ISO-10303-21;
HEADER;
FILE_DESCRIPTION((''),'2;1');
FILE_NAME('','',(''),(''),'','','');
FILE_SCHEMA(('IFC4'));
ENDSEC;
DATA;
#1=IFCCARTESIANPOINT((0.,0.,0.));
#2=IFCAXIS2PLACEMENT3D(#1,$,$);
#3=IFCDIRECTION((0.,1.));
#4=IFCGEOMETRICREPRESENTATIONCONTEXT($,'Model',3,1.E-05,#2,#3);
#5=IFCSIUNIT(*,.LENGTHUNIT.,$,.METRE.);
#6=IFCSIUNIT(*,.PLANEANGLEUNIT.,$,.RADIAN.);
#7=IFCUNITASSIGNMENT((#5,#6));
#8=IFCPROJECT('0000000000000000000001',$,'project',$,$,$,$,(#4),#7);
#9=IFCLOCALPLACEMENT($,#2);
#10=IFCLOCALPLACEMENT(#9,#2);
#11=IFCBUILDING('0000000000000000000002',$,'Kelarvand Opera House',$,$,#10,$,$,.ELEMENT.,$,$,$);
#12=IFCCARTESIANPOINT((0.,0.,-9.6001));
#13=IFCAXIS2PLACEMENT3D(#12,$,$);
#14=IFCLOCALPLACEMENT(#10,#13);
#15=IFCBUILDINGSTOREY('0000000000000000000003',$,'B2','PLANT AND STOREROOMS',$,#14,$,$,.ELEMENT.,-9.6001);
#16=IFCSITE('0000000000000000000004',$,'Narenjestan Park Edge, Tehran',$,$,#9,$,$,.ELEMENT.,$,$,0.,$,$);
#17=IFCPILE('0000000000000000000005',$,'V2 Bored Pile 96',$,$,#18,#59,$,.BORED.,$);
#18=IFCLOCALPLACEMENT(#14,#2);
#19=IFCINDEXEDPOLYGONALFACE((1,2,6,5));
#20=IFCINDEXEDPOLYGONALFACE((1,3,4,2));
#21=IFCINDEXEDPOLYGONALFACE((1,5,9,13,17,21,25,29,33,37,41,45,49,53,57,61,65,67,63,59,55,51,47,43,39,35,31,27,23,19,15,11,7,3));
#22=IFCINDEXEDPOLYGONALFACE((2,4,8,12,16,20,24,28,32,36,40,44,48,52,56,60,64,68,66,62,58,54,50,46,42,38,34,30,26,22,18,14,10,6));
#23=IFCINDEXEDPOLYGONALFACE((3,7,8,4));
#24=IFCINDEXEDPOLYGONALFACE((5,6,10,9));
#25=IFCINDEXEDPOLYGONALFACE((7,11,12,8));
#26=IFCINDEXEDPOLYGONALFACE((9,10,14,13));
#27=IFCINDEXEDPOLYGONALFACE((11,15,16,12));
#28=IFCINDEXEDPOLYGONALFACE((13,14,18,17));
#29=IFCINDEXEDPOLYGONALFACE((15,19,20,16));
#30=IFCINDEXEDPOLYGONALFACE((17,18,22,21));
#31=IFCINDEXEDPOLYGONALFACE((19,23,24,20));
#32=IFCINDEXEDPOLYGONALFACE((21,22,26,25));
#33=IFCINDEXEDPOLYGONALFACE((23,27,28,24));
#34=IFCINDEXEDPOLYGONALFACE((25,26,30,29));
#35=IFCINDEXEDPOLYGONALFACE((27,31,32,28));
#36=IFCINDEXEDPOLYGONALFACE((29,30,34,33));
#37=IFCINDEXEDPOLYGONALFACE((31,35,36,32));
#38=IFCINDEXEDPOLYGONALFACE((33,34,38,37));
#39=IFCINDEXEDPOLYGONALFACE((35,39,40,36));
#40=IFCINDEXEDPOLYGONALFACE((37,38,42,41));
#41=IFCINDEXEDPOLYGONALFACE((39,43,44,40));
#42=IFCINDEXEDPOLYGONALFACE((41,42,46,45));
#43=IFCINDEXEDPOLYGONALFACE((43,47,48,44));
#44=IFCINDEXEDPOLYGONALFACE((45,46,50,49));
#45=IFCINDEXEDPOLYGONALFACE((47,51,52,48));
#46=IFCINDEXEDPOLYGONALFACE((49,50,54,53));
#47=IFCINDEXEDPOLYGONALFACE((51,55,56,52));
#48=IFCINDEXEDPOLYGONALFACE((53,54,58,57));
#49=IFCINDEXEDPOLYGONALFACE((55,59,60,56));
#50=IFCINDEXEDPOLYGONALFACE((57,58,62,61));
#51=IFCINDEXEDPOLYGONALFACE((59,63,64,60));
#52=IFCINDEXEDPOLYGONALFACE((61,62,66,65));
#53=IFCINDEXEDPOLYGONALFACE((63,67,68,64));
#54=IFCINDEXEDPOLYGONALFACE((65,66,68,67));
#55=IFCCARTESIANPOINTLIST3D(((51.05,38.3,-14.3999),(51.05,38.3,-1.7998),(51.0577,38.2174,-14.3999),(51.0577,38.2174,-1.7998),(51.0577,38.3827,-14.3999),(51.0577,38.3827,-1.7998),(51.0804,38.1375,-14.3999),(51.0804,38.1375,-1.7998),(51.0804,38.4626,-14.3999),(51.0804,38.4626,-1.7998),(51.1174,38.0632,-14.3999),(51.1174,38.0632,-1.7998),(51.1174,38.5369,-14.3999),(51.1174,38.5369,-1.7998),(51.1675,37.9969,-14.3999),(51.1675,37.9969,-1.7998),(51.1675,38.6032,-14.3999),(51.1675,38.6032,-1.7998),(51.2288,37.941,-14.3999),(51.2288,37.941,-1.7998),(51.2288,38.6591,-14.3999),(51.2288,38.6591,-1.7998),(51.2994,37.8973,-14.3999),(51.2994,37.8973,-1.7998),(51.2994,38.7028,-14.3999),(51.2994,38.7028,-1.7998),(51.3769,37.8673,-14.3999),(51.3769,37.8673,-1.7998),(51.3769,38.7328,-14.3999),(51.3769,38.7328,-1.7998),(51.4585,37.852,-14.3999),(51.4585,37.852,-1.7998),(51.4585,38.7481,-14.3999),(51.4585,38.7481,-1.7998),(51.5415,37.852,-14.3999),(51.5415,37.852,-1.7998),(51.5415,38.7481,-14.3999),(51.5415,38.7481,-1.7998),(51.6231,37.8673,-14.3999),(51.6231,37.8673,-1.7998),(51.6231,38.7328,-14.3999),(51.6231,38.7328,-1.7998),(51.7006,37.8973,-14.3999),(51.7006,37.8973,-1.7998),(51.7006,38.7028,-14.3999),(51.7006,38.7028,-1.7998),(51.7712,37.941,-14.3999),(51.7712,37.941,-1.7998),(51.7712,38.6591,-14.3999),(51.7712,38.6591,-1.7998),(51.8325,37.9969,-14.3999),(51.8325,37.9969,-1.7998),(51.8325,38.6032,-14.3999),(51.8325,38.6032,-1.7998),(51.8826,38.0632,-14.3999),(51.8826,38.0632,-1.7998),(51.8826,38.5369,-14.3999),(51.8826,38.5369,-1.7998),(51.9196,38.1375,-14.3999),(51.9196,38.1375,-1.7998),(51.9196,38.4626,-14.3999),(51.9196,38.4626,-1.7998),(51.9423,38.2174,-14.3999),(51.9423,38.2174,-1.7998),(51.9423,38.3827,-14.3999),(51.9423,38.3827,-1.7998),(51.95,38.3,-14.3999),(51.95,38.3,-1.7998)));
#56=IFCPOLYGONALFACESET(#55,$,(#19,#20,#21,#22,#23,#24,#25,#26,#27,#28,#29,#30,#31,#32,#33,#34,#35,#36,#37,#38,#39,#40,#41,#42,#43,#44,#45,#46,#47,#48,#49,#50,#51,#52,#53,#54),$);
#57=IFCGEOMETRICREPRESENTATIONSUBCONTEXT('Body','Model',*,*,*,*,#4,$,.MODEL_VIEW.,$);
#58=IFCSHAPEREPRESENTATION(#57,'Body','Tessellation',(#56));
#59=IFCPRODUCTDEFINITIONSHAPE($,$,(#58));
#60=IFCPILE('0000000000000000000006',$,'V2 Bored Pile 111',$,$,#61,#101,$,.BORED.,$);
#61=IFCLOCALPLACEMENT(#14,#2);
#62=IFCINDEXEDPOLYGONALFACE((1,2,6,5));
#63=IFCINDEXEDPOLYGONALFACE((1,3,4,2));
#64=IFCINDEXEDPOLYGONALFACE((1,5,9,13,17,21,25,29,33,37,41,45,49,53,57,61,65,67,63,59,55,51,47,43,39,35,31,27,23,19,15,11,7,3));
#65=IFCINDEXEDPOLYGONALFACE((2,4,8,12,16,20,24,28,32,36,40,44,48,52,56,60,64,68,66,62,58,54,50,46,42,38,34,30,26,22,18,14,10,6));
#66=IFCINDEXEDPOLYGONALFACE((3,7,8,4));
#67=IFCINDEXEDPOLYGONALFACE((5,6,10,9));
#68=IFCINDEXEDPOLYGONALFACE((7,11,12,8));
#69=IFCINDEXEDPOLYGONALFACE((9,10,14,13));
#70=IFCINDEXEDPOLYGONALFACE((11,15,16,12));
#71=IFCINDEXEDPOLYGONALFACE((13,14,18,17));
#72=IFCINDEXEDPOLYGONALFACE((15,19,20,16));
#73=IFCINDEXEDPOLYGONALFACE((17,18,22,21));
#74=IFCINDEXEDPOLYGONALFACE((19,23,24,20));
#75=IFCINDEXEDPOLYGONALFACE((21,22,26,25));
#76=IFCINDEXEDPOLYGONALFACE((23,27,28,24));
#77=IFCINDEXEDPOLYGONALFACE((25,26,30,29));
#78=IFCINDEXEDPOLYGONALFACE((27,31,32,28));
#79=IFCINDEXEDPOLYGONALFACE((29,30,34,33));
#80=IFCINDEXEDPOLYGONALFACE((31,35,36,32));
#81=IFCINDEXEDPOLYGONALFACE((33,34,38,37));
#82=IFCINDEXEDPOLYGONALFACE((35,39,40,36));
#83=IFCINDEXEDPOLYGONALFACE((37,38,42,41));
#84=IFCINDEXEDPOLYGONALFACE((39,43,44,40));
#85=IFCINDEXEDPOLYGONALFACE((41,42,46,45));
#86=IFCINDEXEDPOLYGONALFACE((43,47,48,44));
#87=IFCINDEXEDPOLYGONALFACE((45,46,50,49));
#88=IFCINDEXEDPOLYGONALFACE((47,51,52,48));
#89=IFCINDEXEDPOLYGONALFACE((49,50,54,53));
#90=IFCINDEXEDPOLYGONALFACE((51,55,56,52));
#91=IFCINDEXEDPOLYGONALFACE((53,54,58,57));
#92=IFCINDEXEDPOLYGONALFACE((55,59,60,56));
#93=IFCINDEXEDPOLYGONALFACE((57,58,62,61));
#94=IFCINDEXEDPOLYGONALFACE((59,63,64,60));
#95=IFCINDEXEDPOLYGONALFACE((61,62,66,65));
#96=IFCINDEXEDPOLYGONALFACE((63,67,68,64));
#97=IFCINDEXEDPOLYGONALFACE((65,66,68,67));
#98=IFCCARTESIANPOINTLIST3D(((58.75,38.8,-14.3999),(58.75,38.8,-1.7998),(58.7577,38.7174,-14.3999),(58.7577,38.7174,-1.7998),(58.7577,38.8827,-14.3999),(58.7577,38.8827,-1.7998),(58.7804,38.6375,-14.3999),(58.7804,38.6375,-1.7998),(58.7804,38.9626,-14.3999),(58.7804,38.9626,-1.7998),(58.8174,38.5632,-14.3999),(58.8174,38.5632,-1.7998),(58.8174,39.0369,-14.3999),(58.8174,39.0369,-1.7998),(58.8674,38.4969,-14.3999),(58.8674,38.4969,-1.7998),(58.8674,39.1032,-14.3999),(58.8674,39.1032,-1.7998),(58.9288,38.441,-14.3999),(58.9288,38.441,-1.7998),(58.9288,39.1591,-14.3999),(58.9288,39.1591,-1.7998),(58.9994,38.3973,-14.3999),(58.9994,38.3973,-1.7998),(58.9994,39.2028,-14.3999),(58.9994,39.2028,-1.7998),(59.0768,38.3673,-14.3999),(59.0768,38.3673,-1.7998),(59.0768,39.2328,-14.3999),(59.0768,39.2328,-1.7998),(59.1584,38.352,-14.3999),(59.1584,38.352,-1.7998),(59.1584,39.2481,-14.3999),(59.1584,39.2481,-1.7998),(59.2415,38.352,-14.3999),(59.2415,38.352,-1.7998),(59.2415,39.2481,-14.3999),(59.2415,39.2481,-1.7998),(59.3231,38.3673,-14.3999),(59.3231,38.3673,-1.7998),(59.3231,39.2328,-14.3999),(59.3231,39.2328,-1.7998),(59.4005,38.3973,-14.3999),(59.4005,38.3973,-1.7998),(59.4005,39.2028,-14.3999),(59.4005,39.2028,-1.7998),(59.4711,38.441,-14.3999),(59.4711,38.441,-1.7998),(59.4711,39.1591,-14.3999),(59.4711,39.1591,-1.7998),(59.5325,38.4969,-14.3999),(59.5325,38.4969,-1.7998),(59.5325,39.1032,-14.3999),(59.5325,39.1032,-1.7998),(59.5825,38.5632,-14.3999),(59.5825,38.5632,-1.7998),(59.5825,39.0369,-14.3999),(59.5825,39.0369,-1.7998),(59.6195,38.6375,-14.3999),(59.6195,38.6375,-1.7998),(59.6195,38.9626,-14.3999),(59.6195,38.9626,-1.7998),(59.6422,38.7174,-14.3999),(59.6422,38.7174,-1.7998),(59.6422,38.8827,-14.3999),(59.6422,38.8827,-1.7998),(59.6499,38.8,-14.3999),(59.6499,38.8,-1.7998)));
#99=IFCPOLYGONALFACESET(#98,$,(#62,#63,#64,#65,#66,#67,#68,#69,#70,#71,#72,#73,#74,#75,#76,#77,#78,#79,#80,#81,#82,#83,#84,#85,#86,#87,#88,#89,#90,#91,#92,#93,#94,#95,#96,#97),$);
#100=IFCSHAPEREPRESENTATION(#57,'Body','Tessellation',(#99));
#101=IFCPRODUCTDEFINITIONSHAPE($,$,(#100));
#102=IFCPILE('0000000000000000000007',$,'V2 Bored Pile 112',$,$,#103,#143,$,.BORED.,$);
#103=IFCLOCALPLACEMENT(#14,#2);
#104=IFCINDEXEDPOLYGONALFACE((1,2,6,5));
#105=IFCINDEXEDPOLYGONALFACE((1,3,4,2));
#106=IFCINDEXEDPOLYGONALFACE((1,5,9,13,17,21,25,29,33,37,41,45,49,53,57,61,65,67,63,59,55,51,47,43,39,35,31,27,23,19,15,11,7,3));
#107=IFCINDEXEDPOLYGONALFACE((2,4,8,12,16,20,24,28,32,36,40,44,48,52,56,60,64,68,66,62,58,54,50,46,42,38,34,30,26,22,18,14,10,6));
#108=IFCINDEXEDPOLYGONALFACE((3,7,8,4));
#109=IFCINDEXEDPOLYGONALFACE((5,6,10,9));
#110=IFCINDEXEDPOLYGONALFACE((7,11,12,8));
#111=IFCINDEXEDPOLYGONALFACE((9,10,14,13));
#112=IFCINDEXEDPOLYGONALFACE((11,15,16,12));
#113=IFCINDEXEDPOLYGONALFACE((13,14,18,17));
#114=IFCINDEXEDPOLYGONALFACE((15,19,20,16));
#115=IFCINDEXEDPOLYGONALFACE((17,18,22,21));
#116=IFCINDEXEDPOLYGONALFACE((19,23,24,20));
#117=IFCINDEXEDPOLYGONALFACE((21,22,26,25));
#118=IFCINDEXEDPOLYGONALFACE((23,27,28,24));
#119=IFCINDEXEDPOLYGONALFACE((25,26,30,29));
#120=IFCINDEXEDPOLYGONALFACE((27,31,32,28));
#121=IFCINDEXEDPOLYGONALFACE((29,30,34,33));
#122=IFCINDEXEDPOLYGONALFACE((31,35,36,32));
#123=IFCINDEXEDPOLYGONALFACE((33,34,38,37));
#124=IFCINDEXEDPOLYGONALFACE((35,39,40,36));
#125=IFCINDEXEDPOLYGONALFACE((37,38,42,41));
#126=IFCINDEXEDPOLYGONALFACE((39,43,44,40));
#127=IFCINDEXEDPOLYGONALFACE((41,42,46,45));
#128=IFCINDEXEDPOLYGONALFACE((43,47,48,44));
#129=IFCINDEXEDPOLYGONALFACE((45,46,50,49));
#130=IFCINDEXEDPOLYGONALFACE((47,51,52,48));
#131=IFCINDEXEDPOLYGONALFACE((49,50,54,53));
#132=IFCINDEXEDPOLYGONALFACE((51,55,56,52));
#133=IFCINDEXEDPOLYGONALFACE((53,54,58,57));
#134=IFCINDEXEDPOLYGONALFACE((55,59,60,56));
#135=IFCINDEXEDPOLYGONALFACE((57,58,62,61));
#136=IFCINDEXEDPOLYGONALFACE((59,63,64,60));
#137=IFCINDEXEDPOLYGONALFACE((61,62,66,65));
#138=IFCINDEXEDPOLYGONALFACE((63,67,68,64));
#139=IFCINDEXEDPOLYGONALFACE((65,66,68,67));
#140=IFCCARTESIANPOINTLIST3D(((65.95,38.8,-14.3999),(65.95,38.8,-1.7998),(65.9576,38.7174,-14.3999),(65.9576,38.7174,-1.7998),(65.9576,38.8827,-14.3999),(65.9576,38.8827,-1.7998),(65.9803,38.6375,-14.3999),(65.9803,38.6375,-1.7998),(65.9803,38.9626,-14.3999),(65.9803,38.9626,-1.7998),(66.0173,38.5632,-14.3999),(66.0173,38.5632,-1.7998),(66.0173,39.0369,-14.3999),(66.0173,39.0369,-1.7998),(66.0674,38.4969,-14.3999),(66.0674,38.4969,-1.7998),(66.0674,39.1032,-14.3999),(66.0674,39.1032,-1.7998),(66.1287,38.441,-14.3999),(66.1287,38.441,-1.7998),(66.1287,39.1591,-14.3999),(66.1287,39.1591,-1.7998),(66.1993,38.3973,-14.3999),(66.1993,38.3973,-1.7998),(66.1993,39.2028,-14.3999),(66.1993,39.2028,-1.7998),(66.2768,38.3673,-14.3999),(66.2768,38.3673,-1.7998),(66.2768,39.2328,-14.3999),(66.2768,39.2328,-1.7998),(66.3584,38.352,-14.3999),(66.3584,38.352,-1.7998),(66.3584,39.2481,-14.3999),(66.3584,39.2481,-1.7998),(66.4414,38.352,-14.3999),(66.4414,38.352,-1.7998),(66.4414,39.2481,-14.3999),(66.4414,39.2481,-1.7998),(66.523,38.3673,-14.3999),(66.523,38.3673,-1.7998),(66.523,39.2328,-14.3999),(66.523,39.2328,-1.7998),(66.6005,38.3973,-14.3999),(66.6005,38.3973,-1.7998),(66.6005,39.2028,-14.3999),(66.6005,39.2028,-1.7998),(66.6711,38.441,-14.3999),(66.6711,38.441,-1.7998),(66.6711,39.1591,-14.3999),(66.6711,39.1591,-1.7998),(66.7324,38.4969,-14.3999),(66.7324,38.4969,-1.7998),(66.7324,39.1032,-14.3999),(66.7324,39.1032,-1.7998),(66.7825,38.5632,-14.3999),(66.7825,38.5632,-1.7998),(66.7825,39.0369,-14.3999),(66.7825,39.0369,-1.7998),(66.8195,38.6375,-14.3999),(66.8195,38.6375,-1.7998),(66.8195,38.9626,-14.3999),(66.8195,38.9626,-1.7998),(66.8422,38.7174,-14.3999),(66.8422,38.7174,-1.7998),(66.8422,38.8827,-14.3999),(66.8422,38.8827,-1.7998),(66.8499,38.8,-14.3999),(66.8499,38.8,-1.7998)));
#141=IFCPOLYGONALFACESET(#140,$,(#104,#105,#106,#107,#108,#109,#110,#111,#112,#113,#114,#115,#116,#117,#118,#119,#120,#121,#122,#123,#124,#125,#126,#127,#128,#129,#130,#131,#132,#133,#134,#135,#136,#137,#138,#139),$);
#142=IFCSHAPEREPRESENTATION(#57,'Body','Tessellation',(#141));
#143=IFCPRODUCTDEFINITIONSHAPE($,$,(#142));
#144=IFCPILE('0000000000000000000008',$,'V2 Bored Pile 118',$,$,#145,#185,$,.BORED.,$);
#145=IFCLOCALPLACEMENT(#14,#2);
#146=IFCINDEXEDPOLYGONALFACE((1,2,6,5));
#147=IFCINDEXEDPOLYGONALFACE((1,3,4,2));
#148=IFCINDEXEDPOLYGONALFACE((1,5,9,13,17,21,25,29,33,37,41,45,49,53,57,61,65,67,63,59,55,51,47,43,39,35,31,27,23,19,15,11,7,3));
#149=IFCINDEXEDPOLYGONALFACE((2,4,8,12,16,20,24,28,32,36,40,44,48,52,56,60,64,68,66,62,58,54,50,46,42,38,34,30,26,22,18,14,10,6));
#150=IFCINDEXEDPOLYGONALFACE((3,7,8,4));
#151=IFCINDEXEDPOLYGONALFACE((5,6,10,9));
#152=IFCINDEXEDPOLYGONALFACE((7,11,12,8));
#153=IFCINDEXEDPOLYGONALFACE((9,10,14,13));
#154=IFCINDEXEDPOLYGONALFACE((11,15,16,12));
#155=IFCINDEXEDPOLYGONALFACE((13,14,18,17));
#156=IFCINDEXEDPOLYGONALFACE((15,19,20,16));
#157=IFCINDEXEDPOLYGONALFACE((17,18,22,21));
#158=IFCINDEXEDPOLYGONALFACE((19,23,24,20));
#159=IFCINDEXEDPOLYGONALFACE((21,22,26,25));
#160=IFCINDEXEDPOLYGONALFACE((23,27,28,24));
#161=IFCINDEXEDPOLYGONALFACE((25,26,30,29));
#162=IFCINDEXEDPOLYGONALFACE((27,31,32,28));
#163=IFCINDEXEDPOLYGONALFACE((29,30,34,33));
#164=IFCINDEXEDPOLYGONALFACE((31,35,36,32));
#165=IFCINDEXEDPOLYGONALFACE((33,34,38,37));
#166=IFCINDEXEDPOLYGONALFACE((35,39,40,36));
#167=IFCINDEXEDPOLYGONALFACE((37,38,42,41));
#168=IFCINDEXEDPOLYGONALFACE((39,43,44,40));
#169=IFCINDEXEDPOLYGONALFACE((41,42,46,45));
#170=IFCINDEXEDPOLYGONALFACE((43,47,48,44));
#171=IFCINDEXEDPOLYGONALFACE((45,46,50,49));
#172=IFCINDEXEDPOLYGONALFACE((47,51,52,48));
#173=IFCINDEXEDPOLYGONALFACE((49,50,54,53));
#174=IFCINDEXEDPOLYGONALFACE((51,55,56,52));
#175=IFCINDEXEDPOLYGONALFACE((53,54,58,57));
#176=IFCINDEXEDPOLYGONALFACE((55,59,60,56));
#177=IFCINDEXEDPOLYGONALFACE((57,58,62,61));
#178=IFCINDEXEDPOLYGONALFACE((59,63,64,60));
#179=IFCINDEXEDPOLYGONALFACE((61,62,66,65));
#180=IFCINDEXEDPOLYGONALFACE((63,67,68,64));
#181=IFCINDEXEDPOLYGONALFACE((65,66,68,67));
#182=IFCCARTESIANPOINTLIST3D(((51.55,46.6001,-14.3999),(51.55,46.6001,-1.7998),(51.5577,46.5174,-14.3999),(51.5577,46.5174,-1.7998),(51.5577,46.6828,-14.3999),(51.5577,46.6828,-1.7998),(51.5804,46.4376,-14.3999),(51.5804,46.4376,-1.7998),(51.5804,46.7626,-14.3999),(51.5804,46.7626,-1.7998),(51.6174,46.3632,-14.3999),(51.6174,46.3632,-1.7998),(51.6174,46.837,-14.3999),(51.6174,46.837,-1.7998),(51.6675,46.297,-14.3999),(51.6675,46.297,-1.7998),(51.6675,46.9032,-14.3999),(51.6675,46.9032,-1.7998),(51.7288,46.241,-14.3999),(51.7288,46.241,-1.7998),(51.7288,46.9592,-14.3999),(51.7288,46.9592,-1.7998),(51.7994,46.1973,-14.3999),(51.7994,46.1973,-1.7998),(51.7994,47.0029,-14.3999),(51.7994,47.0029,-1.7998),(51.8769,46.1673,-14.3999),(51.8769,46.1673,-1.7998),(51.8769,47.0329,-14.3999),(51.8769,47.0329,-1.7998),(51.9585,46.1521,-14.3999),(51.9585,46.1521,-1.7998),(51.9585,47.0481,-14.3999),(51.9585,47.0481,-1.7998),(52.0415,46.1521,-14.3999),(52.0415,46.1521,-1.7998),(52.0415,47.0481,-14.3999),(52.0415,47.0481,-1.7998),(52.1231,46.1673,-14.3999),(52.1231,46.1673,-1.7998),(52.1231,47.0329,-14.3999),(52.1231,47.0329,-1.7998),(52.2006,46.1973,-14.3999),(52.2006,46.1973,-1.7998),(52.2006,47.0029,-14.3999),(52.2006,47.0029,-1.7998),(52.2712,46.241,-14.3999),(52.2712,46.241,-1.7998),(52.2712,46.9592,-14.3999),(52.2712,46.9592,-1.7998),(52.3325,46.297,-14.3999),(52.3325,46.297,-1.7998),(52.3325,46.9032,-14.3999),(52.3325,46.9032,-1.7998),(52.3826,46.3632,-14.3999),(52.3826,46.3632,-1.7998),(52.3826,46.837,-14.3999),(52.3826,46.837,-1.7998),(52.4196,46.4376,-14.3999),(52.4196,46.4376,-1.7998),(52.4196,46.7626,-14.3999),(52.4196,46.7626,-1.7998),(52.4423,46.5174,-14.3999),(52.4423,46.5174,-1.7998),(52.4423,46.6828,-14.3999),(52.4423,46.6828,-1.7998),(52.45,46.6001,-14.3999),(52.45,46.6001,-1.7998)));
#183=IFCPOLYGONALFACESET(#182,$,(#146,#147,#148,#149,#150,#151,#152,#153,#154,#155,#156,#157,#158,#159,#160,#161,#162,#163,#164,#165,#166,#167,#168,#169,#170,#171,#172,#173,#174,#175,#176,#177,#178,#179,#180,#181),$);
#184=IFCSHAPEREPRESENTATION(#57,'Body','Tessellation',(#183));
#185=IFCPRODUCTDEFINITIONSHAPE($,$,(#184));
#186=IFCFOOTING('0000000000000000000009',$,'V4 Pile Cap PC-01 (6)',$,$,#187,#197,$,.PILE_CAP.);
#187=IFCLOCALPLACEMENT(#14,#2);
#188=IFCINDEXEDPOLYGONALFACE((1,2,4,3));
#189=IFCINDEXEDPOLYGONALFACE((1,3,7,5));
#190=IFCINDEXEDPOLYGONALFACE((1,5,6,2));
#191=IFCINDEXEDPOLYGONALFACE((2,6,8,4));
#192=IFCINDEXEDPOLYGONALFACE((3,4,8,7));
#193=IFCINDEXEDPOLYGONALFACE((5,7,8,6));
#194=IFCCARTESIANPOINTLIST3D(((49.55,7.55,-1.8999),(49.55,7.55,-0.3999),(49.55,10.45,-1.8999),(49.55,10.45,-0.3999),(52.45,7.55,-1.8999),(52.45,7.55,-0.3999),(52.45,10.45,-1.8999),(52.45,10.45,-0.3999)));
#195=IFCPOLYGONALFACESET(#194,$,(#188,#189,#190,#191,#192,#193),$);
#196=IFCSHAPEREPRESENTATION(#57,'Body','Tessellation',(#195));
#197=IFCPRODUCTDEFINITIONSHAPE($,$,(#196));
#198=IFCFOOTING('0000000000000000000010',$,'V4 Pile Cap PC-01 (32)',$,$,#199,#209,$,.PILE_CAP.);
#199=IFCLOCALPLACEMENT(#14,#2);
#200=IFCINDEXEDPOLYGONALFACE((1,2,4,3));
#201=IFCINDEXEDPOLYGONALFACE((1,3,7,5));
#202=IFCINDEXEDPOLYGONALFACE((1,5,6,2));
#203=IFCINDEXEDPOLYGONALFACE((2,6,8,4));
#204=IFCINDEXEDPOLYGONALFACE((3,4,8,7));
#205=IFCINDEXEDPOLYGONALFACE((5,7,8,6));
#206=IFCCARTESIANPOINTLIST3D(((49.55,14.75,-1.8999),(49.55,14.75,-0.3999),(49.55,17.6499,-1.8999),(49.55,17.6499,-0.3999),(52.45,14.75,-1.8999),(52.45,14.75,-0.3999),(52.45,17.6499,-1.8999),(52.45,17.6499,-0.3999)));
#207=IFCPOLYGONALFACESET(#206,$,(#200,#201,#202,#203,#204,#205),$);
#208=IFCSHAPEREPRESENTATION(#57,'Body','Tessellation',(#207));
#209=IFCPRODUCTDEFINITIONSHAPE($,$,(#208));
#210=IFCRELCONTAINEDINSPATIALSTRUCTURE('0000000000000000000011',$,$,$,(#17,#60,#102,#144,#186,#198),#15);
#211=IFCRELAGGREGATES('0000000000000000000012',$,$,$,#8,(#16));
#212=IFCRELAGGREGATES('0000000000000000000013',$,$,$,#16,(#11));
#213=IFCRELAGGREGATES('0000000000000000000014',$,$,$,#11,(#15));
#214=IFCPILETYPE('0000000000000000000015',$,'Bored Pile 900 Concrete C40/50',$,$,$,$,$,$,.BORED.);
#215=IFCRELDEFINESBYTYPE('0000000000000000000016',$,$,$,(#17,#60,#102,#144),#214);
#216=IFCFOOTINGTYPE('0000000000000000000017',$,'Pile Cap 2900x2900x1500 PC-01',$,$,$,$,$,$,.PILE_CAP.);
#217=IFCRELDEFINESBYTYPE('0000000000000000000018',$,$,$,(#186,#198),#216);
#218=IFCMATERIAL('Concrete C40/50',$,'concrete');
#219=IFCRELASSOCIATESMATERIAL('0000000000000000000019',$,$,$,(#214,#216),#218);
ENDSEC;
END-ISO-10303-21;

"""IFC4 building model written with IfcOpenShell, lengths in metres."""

from ifc_helpers import new_model, si_unit, direction, frame, origin, origin_2d, place, context, subcontext, project, spatial, rectangle, circle, extrude, material, material_profile, profile_set, type_object, element, save


model = new_model("IFC4")

# Units and contexts
model_context = context("Model", 3, precision=1e-05, world=origin(), true_north=direction((0.0, 1.0)))
body_context = subcontext(model_context, "Body", "Model", "MODEL_VIEW")
ifc_project = project(units=[si_unit("LENGTHUNIT", "METRE"), si_unit("PLANEANGLEUNIT", "RADIAN")], contexts=[model_context])

# Site, building, storey
site_placement = place(None, origin())
site = spatial("IfcSite", under=ifc_project, at=site_placement, Name="Narenjestan Park Edge, Tehran", CompositionType="ELEMENT", RefElevation=0.0)
building_placement = place(site_placement, origin())
building = spatial("IfcBuilding", under=site, at=building_placement, Name="Kelarvand Opera House", CompositionType="ELEMENT")
storey_placement = place(building_placement, frame((0.0, 0.0, -9.6001)))
storey = spatial("IfcBuildingStorey", under=building, at=storey_placement, Name="B2", Description="PLANT AND STOREROOMS", CompositionType="ELEMENT", Elevation=-9.6001)

# Piles
ifc_material_1 = material(Name="Concrete C40/50", Category="concrete")
ifc_material_profile_1 = material_profile(ifc_material_1, circle(Radius=0.45, at=origin_2d()), Name="BP 900", Category="concrete")
ifc_profile_set_1 = profile_set([ifc_material_profile_1], Name="Concrete C40/50")
pile_type = type_object("IfcPileType", Name="Bored Pile 900 Concrete C40/50", PredefinedType="BORED", material=ifc_profile_set_1)
for number, where, z_axis, x_axis, name in (
    (1, (51.5, 38.3, -1.7998), (0.0, 0.0, -1.0), (1.0, 0.0, 0.0), "V2 Bored Pile 96"),
    (2, (59.2, 38.8, -1.7998), (0.0, 0.0, -1.0), (1.0, 0.0, 0.0), "V2 Bored Pile 111"),
    (3, (66.3999, 38.8, -1.7998), (0.0, 0.0, -1.0), (1.0, 0.0, 0.0), "V2 Bored Pile 112"),
    (4, (52.0, 46.6001, -1.7998), (0.0, 0.0, -1.0), (1.0, 0.0, 0.0), "V2 Bored Pile 118"),
):
    element("IfcPile", number, at=place(storey_placement, frame(where, z_axis=z_axis, x_axis=x_axis)), inside=storey, type_object=pile_type, Name=name, PredefinedType="BORED", context=body_context, shape_type="SweptSolid", body=[
        extrude(circle(Radius=0.45, at=origin_2d()), origin(), (0.0, 0.0, 1.0), 12.6001),
    ])

# Footings
footing_type_1 = type_object("IfcFootingType", Name="Pile Cap 2900x2900x1500 PC-01", PredefinedType="PILE_CAP", material=ifc_material_1)
for number, where, z_axis, x_axis, name in (
    (5, (51.0, 9.0, -1.8999), (0.0, 0.0, 1.0), (1.0, 0.0, 0.0), "V4 Pile Cap PC-01 (6)"),
    (6, (51.0, 16.2, -1.8999), (0.0, 0.0, 1.0), (1.0, 0.0, 0.0), "V4 Pile Cap PC-01 (32)"),
):
    element("IfcFooting", number, at=place(storey_placement, frame(where, z_axis=z_axis, x_axis=x_axis)), inside=storey, type_object=footing_type_1, Name=name, PredefinedType="PILE_CAP", context=body_context, shape_type="SweptSolid", body=[
        extrude(rectangle(XDim=2.8999, YDim=2.8999, at=origin_2d()), origin(), (0.0, 0.0, 1.0), 1.5),
    ])

save(model, "model.ifc")
